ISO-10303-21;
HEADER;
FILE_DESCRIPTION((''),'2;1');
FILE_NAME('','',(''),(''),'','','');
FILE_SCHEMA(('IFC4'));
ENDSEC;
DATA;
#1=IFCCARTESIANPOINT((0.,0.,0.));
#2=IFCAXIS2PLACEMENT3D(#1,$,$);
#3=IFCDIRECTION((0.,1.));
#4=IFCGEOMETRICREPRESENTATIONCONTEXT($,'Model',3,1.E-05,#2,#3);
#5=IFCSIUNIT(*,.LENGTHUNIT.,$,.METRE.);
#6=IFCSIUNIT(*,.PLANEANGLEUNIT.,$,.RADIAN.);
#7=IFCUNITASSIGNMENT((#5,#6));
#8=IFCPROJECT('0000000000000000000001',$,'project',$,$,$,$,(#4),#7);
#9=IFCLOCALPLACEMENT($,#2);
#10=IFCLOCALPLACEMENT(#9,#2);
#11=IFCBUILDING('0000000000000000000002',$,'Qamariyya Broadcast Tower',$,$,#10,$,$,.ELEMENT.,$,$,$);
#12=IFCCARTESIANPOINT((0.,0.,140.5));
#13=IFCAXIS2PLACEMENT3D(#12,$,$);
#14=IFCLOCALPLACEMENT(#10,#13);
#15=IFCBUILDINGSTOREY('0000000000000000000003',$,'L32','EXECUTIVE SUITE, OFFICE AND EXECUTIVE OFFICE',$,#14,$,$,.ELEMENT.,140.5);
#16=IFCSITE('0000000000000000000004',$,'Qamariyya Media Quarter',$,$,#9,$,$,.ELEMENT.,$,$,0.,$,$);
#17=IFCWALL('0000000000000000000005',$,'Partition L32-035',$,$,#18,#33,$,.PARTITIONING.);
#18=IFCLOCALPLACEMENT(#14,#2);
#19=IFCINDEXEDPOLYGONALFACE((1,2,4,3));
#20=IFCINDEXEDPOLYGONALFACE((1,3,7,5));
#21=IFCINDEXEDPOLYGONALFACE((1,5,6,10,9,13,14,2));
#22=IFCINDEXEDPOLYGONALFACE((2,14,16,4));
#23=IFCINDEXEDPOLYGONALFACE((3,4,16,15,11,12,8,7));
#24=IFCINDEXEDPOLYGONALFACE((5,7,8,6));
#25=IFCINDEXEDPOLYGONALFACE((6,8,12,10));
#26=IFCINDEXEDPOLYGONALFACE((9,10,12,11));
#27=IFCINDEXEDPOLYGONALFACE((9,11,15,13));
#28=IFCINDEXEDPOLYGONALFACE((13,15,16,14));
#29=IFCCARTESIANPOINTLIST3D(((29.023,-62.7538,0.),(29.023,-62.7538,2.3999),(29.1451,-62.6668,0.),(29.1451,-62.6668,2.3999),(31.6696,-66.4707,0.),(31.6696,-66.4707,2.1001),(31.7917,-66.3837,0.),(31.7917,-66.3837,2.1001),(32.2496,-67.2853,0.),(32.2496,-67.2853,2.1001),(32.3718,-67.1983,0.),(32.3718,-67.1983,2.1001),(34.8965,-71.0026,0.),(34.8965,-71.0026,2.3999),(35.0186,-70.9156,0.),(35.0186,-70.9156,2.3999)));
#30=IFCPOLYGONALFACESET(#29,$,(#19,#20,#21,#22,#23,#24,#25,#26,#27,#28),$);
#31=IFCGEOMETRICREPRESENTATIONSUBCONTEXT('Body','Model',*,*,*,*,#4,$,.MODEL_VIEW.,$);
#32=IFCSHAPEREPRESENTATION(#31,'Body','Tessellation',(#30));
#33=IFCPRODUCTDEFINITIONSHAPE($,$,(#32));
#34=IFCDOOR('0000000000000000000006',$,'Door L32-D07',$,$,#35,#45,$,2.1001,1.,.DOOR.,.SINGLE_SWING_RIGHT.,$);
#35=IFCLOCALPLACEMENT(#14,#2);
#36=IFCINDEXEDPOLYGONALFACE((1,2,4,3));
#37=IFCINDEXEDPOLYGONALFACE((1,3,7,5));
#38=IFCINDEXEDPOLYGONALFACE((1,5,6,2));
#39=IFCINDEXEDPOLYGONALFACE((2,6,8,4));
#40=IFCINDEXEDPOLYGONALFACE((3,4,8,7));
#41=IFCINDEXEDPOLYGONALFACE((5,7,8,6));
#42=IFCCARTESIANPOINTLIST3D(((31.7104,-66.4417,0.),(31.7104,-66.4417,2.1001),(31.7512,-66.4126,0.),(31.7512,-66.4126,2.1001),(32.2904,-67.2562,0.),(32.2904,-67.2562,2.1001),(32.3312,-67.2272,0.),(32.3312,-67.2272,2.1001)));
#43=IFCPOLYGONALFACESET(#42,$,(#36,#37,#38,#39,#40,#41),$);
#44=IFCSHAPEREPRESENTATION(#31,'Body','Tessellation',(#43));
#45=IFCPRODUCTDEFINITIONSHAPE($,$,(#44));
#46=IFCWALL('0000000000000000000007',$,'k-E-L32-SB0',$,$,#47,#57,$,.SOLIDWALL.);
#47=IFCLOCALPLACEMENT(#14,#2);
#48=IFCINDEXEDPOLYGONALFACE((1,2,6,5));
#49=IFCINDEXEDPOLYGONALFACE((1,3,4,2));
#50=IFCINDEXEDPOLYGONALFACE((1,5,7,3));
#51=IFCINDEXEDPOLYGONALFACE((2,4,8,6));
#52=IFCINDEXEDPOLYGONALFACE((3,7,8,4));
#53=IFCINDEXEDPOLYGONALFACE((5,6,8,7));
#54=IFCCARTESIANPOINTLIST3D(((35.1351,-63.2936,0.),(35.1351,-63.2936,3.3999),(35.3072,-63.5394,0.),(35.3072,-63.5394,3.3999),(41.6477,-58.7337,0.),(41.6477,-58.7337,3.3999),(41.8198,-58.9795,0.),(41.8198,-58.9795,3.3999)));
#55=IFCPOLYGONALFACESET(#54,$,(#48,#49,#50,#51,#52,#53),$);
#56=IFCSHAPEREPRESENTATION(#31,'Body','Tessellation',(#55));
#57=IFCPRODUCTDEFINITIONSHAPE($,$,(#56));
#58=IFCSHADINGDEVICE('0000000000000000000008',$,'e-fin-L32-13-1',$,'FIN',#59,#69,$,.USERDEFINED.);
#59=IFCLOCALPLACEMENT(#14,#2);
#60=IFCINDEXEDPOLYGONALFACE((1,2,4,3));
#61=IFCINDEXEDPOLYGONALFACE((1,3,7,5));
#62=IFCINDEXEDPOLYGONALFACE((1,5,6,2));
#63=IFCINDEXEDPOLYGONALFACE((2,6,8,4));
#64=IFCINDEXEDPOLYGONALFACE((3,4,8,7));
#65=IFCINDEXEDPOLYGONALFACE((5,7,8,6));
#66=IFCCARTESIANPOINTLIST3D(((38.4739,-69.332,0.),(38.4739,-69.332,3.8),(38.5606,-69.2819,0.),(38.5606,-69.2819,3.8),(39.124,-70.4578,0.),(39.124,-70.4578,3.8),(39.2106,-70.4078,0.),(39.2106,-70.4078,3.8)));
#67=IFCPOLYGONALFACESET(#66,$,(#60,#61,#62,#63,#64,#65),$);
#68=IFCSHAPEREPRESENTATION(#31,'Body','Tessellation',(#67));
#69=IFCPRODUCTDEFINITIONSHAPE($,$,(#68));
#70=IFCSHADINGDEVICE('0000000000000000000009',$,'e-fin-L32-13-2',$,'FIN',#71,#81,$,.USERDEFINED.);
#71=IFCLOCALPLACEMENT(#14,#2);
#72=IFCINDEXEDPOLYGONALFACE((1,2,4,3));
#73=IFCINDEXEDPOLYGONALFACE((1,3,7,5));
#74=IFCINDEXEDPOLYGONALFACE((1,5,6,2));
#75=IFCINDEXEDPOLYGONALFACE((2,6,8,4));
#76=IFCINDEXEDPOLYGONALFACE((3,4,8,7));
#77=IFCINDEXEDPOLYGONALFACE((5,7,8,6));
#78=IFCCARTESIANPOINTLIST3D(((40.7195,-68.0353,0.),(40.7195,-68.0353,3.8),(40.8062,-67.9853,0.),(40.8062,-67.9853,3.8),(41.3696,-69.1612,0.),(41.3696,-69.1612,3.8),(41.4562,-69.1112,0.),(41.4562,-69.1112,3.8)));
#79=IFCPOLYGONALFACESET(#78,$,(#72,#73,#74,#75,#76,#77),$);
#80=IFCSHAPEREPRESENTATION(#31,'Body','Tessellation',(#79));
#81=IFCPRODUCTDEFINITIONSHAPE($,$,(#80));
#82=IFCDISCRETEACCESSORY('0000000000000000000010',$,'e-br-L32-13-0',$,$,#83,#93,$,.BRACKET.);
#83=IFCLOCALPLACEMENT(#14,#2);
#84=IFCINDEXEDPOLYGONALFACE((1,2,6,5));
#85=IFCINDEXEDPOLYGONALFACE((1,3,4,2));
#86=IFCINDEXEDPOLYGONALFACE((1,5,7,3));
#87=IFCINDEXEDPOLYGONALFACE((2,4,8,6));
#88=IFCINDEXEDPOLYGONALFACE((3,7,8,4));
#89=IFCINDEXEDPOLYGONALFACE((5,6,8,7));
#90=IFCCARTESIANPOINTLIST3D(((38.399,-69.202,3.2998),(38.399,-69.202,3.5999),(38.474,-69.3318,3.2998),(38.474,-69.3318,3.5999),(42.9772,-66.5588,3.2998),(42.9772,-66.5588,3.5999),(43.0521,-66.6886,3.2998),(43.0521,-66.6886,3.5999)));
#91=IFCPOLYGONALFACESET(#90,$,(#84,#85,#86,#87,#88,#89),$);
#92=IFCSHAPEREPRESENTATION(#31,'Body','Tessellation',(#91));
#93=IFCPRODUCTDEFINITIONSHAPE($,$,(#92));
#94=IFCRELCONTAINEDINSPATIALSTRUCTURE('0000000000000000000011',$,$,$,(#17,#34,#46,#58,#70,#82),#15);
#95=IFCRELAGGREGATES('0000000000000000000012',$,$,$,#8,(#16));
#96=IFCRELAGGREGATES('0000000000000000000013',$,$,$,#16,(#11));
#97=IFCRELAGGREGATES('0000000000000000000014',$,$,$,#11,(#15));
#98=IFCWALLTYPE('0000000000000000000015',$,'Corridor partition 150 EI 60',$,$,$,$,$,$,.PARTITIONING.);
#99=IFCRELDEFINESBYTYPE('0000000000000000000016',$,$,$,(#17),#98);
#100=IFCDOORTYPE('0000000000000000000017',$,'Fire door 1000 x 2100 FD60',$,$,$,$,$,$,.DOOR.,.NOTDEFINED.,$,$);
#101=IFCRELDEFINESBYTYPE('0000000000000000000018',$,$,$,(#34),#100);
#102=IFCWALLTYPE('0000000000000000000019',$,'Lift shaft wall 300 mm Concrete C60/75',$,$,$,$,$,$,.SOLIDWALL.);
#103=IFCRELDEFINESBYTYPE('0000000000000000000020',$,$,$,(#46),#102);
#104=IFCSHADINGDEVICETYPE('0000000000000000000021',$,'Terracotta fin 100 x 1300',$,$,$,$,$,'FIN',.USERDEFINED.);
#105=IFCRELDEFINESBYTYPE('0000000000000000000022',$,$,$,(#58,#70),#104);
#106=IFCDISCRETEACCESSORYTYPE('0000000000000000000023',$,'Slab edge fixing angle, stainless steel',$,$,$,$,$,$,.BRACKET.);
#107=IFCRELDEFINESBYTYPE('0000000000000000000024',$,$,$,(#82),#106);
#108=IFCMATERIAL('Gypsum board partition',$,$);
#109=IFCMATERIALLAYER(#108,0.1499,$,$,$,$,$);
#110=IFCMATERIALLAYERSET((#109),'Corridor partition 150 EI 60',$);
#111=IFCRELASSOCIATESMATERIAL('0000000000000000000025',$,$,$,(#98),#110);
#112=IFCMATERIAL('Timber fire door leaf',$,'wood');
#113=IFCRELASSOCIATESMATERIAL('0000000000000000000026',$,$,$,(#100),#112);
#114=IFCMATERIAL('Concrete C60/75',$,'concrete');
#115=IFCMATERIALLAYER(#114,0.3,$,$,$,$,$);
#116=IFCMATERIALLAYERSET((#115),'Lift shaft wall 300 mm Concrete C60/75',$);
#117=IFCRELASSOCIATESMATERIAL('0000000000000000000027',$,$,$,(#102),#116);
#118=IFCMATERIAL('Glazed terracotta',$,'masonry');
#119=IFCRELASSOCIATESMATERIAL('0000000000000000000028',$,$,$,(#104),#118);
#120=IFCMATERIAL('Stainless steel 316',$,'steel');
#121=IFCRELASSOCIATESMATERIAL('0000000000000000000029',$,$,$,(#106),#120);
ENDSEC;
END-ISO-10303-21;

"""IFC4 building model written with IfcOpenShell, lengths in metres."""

from ifc_helpers import new_model, si_unit, direction, frame, frame_2d, origin, origin_2d, place, context, subcontext, project, spatial, rectangle, extrude, material, layer, layer_set, material_profile, profile_set, type_object, element, fill, save


model = new_model("IFC4")

# Units and contexts
model_context = context("Model", 3, precision=1e-05, world=origin(), true_north=direction((0.0, 1.0)))
body_context = subcontext(model_context, "Body", "Model", "MODEL_VIEW")
ifc_project = project(units=[si_unit("LENGTHUNIT", "METRE"), si_unit("PLANEANGLEUNIT", "RADIAN")], contexts=[model_context])

# Site, building, storey
site_placement = place(None, origin())
site = spatial("IfcSite", under=ifc_project, at=site_placement, Name="Qamariyya Media Quarter", CompositionType="ELEMENT", RefElevation=0.0)
building_placement = place(site_placement, origin())
building = spatial("IfcBuilding", under=site, at=building_placement, Name="Qamariyya Broadcast Tower", CompositionType="ELEMENT")
storey_placement = place(building_placement, frame((0.0, 0.0, 140.5)))
storey = spatial("IfcBuildingStorey", under=building, at=storey_placement, Name="L32", Description="EXECUTIVE SUITE, OFFICE AND EXECUTIVE OFFICE", CompositionType="ELEMENT", Elevation=140.5)

# Wall, opening, door
ifc_material_1 = material(Name="Gypsum board partition")
ifc_layer_1 = layer(ifc_material_1, 0.1499)
ifc_layer_set_1 = layer_set([ifc_layer_1], Name="Corridor partition 150 EI 60")
wall_type_1 = type_object("IfcWallType", Name="Corridor partition 150 EI 60", PredefinedType="PARTITIONING", material=ifc_layer_set_1)
wall_1_placement = place(storey_placement, frame((34.9575, -70.959, 0.0), z_axis=(0.0, 0.0, 1.0), x_axis=(-0.580031, 0.814594, 0.0)))
wall_1 = element("IfcWall", 1, at=wall_1_placement, inside=storey, type_object=wall_type_1, Name="Partition L32-035", PredefinedType="PARTITIONING", context=body_context, shape_type="SweptSolid", body=[
    extrude(rectangle(XDim=10.1262, YDim=0.1499, at=frame_2d((5.063, 0.0))), origin(), (0.0, 0.0, 1.0), 2.3999),
])
opening_1_placement = place(wall_1_placement, frame((4.5632, 0.0, 0.0)))
opening_1 = element("IfcOpeningElement", 2, at=opening_1_placement, cuts=wall_1, PredefinedType="OPENING", context=body_context, shape_type="SweptSolid", body=[
    extrude(rectangle(XDim=1.0, YDim=2.1001, at=frame_2d((0.5, 1.05))), frame((0.0, 0.085, 0.0), z_axis=(0.0, -1.0, 0.0), x_axis=(1.0, 0.0, 0.0)), (0.0, 0.0, 1.0), 0.1699),
])
ifc_material_2 = material(Name="Timber fire door leaf", Category="wood")
door_type_1 = type_object("IfcDoorType", Name="Fire door 1000 x 2100 FD60", OperationType="NOTDEFINED", PredefinedType="DOOR", material=ifc_material_2)
door_1_placement = place(opening_1_placement, origin())
door_1 = element("IfcDoor", 3, at=door_1_placement, inside=storey, type_object=door_type_1, Name="Door L32-D07", OperationType="SINGLE_SWING_RIGHT", OverallHeight=2.1001, OverallWidth=1.0, PredefinedType="DOOR", context=body_context, shape_type="SweptSolid", body=[
    extrude(rectangle(XDim=1.0, YDim=2.1001, at=frame_2d((0.5, 1.05))), frame((0.0, 0.0249, 0.0), z_axis=(0.0, -1.0, 0.0), x_axis=(1.0, 0.0, 0.0)), (0.0, 0.0, 1.0), 0.05),
])
fill(opening_1, door_1)

# Wall
ifc_material_3 = material(Name="Concrete C60/75", Category="concrete")
ifc_layer_2 = layer(ifc_material_3, 0.3)
ifc_layer_set_2 = layer_set([ifc_layer_2], Name="Lift shaft wall 300 mm Concrete C60/75")
wall_type_2 = type_object("IfcWallType", Name="Lift shaft wall 300 mm Concrete C60/75", PredefinedType="SOLIDWALL", material=ifc_layer_set_2)
wall_2_placement = place(storey_placement, frame((35.2212, -63.4165, 0.0), z_axis=(0.0, 0.0, 1.0), x_axis=(0.819167, 0.573555, 0.0)))
element("IfcWall", 4, at=wall_2_placement, inside=storey, type_object=wall_type_2, Name="k-E-L32-SB0", PredefinedType="SOLIDWALL", context=body_context, shape_type="SweptSolid", body=[
    extrude(rectangle(XDim=7.9502, YDim=0.3, at=frame_2d((3.9751, 0.0))), origin(), (0.0, 0.0, 1.0), 3.3999),
])

# Shading devices
ifc_material_4 = material(Name="Glazed terracotta", Category="masonry")
ifc_material_profile_1 = material_profile(ifc_material_4, rectangle(XDim=1.3, YDim=0.1001, at=origin_2d()))
ifc_profile_set_1 = profile_set([ifc_material_profile_1], Name="Glazed terracotta")
shading_device_type = type_object("IfcShadingDeviceType", Name="Terracotta fin 100 x 1300", ElementType="FIN", PredefinedType="USERDEFINED", material=ifc_profile_set_1)
for number, where, z_axis, x_axis, name in (
    (5, (38.8423, -69.8699, 0.0), (0.0, 0.0, 1.0), (0.5, -0.866025, 0.0), "e-fin-L32-13-1"),
    (6, (41.0879, -68.5732, 0.0), (0.0, 0.0, 1.0), (0.5, -0.866025, 0.0), "e-fin-L32-13-2"),
):
    element("IfcShadingDevice", number, at=place(storey_placement, frame(where, z_axis=z_axis, x_axis=x_axis)), inside=storey, type_object=shading_device_type, Name=name, ObjectType="FIN", PredefinedType="USERDEFINED", context=body_context, shape_type="SweptSolid", body=[
        extrude(rectangle(XDim=1.3, YDim=0.1001, at=origin_2d()), origin(), (0.0, 0.0, 1.0), 3.8),
    ])

# Discrete accessory
ifc_material_5 = material(Name="Stainless steel 316", Category="steel")
discrete_accessory_type = type_object("IfcDiscreteAccessoryType", Name="Slab edge fixing angle, stainless steel", PredefinedType="BRACKET", material=ifc_material_5)
discrete_accessory_placement = place(storey_placement, frame((40.7256, -67.9453, 3.2998), z_axis=(0.0, 0.0, 1.0), x_axis=(0.866025, 0.5, 0.0)))
element("IfcDiscreteAccessory", 7, at=discrete_accessory_placement, inside=storey, type_object=discrete_accessory_type, Name="e-br-L32-13-0", PredefinedType="BRACKET", context=body_context, shape_type="SweptSolid", body=[
    extrude(rectangle(XDim=5.2864, YDim=0.1499, at=origin_2d()), origin(), (0.0, 0.0, 1.0), 0.3),
])

save(model, "model.ifc")
